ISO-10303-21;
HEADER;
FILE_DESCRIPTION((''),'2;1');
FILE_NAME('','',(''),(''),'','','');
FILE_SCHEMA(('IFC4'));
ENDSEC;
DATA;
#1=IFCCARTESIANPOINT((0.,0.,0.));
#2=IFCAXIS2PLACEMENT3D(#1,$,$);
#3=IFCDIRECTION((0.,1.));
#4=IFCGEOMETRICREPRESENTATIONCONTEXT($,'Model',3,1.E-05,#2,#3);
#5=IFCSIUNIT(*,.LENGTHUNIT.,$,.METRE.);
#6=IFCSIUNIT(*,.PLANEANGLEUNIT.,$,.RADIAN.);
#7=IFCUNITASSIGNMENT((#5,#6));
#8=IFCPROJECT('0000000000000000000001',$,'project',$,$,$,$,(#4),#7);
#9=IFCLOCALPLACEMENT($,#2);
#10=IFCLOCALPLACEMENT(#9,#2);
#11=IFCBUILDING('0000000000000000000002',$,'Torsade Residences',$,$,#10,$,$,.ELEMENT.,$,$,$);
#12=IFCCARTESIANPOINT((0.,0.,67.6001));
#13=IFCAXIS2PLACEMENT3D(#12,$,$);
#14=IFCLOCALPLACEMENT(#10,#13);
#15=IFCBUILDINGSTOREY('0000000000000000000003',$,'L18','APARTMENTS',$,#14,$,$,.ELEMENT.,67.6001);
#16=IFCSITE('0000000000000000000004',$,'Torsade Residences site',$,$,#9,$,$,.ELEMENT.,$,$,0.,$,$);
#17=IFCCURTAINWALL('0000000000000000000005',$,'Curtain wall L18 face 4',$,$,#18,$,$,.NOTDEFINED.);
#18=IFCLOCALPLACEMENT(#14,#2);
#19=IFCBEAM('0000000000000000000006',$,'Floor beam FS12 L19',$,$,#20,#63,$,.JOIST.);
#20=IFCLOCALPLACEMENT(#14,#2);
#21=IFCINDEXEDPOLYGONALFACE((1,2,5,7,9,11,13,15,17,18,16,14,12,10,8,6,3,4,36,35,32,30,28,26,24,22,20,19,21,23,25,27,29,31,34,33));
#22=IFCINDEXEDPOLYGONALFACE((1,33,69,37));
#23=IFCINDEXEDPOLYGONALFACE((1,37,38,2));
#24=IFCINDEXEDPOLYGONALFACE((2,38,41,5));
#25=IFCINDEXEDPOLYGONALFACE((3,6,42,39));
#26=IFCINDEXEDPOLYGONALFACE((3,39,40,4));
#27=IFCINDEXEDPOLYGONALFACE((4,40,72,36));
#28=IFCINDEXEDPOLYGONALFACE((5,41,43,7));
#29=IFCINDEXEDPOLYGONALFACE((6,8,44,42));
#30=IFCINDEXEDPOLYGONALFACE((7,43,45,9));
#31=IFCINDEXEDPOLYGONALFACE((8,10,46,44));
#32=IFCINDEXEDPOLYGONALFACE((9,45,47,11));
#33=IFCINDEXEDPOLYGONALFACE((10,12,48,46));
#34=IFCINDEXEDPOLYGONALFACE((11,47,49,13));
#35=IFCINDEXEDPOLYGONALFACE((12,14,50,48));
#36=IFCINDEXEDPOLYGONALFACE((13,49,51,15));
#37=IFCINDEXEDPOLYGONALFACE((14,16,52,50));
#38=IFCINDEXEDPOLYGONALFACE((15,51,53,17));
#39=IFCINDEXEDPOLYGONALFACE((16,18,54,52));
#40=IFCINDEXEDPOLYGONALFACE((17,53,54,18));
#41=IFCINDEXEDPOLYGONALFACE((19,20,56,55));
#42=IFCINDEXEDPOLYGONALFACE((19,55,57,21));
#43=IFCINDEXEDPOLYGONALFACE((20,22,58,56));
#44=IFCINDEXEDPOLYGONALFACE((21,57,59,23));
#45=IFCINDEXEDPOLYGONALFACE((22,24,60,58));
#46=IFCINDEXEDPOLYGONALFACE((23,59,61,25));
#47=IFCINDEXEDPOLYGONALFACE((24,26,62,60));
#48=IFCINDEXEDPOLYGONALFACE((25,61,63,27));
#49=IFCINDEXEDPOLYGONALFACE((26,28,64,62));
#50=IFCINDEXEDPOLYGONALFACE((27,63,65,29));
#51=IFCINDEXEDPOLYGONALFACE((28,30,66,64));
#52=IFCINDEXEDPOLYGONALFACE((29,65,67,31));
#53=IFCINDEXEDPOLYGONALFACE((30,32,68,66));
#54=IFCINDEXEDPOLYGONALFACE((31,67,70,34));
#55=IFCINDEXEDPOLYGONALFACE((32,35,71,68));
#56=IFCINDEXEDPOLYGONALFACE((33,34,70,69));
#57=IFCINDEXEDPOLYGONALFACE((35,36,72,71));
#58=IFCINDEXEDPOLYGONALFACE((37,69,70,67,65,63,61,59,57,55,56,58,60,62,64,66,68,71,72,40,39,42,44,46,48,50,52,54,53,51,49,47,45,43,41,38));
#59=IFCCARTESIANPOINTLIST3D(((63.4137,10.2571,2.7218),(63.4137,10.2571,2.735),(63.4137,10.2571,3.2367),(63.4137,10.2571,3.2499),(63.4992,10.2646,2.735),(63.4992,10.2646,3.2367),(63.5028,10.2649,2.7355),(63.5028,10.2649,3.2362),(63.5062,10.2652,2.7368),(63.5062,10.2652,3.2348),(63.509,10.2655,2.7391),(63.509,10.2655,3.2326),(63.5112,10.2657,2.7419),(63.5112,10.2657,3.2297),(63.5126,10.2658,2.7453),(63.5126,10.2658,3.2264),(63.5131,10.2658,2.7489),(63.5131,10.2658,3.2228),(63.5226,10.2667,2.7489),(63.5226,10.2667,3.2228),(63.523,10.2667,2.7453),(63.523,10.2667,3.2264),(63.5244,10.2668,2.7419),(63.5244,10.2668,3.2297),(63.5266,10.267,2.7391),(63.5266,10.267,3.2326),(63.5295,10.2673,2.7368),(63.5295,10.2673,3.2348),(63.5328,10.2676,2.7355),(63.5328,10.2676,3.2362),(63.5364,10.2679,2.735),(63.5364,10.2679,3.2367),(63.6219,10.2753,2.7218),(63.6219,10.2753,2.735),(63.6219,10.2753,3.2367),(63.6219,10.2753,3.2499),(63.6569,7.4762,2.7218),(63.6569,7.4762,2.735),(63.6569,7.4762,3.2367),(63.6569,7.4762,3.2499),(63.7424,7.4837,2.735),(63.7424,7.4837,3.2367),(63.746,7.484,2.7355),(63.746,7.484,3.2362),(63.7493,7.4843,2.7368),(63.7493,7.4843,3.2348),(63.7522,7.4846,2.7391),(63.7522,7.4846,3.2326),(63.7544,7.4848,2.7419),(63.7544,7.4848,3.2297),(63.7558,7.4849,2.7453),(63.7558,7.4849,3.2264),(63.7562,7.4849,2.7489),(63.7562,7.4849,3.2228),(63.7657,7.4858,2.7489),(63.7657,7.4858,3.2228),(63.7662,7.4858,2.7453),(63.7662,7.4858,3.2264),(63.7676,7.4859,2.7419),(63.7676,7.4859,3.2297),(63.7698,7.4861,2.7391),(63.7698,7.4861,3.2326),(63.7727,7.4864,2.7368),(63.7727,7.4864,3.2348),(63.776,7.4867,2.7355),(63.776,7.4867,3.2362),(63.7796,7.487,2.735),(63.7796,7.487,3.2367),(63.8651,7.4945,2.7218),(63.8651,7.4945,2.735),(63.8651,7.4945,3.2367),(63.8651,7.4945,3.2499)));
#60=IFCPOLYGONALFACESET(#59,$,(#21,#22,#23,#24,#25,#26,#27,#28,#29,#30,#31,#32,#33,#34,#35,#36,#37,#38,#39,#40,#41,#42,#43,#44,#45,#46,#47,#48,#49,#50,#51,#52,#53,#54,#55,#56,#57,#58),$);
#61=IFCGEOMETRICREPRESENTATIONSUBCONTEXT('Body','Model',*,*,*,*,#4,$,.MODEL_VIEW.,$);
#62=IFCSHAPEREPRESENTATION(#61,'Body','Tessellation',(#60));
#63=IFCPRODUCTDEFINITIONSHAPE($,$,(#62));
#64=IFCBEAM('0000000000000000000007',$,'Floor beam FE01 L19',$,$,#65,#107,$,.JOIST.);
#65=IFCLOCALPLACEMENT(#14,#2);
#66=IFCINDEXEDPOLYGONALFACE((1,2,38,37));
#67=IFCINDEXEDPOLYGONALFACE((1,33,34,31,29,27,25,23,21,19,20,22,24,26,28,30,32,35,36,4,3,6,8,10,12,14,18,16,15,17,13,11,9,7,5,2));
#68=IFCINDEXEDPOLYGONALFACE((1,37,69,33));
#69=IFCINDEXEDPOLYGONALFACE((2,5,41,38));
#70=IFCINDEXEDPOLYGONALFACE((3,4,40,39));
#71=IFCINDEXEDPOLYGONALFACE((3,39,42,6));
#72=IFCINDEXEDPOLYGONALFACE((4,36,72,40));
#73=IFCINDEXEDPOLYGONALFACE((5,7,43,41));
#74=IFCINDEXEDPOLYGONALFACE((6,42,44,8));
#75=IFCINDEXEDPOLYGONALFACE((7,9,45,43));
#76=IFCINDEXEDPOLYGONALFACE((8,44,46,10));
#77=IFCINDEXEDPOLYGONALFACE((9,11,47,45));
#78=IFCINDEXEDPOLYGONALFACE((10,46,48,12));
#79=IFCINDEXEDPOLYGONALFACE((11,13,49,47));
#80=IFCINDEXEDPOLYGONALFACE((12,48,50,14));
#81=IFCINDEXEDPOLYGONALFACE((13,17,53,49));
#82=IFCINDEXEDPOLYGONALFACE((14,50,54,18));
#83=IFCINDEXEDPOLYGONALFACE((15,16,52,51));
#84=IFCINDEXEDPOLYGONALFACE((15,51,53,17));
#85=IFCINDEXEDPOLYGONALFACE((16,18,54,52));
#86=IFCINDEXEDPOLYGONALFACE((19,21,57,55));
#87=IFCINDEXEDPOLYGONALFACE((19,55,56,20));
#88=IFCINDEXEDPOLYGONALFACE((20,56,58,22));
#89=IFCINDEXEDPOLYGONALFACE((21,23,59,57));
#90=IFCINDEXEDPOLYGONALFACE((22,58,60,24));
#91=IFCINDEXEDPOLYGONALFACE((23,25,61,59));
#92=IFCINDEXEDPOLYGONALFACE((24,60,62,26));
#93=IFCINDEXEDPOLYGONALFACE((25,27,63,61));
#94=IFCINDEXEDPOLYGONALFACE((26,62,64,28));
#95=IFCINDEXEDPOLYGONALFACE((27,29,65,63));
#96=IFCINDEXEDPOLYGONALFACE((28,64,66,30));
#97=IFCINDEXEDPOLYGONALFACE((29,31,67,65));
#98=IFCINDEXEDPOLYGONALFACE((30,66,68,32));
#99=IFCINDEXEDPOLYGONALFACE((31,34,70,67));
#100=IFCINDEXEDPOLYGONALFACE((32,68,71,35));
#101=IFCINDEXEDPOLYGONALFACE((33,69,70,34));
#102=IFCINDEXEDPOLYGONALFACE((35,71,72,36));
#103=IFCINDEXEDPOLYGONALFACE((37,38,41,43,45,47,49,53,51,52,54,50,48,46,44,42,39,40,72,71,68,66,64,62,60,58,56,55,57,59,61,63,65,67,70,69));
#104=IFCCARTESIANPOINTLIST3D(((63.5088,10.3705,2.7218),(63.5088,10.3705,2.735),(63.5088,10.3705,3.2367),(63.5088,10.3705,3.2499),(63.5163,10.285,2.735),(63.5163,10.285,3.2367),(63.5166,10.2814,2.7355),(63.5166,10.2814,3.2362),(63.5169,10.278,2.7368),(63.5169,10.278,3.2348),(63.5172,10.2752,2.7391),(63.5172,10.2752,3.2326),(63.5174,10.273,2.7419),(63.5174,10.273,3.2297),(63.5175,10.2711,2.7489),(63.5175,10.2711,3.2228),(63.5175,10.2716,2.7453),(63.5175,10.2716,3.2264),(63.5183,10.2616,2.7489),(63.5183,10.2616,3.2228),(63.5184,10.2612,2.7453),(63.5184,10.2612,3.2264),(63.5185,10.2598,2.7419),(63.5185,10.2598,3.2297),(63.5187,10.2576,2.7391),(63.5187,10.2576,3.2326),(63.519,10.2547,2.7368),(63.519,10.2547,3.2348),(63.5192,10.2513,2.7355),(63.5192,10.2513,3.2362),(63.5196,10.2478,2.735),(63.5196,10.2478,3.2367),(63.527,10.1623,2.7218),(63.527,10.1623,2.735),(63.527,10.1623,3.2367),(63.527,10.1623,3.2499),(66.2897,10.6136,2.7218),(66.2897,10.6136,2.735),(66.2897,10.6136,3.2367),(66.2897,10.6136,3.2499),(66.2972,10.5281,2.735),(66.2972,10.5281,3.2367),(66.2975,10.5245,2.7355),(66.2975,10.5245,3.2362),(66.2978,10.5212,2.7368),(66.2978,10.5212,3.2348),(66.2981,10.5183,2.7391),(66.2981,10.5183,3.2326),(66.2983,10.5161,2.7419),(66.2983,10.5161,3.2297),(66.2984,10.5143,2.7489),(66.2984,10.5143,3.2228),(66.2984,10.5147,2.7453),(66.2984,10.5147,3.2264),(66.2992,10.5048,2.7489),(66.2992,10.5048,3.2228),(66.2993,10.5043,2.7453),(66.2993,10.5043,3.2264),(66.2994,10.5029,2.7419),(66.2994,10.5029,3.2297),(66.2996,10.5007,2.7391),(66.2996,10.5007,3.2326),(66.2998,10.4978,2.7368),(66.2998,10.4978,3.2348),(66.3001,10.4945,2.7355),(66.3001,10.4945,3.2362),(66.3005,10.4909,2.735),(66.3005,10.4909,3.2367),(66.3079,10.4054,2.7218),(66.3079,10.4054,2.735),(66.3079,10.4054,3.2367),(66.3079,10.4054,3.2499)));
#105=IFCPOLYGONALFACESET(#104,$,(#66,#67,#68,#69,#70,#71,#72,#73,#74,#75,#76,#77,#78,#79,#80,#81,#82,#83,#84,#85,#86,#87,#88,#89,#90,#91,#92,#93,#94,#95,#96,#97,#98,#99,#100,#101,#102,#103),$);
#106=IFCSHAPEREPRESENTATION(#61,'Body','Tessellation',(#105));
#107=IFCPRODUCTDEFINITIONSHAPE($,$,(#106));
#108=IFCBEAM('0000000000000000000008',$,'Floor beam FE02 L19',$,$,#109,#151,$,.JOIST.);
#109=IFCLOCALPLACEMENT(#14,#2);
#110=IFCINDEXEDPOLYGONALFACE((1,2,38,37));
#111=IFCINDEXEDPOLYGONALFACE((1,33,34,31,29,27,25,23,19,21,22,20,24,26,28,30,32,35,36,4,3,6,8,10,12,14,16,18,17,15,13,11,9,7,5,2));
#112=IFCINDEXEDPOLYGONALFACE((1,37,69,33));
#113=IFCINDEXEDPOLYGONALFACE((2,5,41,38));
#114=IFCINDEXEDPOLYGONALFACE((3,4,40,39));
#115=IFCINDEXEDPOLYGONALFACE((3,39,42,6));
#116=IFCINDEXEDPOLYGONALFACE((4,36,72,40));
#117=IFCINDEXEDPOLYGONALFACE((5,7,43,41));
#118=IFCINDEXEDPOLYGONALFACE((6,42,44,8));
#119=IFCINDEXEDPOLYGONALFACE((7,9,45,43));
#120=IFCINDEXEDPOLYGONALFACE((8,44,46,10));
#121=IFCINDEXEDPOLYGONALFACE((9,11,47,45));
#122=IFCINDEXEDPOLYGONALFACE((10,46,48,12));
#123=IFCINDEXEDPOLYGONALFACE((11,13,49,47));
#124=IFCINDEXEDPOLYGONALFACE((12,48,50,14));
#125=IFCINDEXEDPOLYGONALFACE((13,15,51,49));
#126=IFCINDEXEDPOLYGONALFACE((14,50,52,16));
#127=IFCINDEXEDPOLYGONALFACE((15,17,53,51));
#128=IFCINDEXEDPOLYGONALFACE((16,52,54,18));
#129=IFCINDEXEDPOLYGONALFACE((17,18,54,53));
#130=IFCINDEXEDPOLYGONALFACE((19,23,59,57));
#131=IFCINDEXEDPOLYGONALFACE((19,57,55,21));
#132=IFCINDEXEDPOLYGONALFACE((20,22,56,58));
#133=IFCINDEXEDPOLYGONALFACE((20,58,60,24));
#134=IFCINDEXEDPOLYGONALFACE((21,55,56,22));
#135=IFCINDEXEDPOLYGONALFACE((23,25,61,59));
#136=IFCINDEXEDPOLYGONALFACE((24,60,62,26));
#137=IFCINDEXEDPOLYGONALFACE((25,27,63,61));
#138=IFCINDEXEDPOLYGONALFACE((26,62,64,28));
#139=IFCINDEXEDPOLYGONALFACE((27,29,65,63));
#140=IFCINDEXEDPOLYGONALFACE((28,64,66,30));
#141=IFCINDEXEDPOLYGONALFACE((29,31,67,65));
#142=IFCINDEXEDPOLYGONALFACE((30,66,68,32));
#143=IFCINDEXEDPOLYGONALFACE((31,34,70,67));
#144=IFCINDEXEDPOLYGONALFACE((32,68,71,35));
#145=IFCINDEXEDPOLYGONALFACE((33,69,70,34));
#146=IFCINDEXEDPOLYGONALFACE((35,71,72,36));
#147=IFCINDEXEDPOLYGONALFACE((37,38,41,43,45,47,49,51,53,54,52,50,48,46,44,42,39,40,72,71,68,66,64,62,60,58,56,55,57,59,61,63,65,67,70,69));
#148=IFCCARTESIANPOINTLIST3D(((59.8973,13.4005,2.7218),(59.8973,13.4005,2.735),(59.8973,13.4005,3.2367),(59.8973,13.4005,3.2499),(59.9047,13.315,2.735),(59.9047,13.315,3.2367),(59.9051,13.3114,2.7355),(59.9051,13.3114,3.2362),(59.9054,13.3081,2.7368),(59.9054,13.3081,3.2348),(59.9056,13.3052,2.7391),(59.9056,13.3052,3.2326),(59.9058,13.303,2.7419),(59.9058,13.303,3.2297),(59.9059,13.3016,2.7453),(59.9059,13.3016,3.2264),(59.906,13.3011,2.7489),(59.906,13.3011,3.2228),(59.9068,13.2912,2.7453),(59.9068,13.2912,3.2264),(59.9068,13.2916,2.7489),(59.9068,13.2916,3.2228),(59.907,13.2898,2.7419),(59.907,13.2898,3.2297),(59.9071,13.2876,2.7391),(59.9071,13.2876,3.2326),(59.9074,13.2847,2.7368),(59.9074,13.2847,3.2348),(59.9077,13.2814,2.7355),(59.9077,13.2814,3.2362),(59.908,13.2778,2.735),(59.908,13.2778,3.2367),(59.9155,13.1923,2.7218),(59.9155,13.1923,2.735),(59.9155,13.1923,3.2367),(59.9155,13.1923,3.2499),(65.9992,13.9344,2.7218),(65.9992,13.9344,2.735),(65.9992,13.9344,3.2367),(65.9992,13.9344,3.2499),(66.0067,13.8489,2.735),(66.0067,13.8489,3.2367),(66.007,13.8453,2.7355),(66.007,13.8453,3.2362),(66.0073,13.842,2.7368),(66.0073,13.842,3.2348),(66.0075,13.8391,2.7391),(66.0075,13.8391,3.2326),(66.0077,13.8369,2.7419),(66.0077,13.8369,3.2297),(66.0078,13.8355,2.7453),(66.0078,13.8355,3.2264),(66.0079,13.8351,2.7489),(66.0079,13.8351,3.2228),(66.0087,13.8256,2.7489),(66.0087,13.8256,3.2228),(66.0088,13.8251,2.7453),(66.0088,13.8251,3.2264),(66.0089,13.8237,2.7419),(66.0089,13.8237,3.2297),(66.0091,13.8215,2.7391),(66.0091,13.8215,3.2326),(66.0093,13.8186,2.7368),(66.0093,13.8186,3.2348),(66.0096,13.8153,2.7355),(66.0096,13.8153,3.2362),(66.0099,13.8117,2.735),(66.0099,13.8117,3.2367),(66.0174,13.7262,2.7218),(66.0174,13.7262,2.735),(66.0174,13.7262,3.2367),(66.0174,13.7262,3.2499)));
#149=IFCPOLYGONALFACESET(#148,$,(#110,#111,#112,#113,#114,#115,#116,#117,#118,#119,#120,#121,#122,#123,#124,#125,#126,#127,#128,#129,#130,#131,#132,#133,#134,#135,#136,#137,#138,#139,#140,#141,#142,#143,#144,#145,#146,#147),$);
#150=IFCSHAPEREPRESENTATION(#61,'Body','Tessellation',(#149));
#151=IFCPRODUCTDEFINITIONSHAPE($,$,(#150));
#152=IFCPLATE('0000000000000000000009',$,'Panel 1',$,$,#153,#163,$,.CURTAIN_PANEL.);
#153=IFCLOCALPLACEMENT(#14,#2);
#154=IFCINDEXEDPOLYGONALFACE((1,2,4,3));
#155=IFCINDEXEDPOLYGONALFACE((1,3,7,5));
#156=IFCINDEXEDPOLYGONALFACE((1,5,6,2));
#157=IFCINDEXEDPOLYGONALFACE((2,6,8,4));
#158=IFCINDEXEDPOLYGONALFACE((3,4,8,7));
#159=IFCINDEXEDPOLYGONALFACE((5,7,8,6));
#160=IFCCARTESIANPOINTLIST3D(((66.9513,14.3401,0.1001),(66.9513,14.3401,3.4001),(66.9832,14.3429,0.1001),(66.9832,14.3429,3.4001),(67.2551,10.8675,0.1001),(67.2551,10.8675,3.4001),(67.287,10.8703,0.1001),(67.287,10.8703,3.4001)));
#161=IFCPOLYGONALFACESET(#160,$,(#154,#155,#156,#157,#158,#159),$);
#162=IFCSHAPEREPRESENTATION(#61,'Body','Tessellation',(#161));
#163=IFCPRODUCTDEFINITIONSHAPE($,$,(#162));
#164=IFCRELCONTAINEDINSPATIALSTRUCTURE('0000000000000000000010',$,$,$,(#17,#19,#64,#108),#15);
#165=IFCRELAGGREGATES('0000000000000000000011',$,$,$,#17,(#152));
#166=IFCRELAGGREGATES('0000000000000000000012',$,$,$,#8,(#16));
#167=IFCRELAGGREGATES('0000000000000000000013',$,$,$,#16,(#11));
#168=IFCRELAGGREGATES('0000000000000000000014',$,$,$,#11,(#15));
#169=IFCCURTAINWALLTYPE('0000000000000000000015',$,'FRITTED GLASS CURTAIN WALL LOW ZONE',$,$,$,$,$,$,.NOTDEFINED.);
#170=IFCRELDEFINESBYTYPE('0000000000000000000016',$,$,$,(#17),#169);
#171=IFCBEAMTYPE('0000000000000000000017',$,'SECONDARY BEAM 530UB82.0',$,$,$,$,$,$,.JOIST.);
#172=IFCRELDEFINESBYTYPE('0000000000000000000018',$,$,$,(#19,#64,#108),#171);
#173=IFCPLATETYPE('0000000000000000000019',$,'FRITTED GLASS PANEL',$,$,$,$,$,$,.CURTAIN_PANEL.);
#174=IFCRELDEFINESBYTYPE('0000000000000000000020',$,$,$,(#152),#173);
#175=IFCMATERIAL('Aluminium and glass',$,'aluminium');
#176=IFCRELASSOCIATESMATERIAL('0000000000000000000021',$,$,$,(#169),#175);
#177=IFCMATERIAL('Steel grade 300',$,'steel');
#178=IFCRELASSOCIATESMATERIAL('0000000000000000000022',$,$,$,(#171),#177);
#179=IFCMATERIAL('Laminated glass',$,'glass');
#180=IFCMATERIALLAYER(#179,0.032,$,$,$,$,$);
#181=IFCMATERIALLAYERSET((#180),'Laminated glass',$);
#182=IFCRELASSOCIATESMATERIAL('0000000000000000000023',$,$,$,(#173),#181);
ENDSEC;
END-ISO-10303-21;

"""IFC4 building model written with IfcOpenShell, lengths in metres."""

from ifc_helpers import new_model, si_unit, direction, frame, origin, origin_2d, place, context, subcontext, project, spatial, rectangle, i_section, extrude, material, layer, layer_set, material_profile, profile_set, type_object, element, aggregate, save


model = new_model("IFC4")

# Units and contexts
model_context = context("Model", 3, precision=1e-05, world=origin(), true_north=direction((0.0, 1.0)))
body_context = subcontext(model_context, "Body", "Model", "MODEL_VIEW")
ifc_project = project(units=[si_unit("LENGTHUNIT", "METRE"), si_unit("PLANEANGLEUNIT", "RADIAN")], contexts=[model_context])

# Site, building, storey
site_placement = place(None, origin())
site = spatial("IfcSite", under=ifc_project, at=site_placement, Name="Torsade Residences site", CompositionType="ELEMENT", RefElevation=0.0)
building_placement = place(site_placement, origin())
building = spatial("IfcBuilding", under=site, at=building_placement, Name="Torsade Residences", CompositionType="ELEMENT")
storey_placement = place(building_placement, frame((0.0, 0.0, 67.6001)))
storey = spatial("IfcBuildingStorey", under=building, at=storey_placement, Name="L18", Description="APARTMENTS", CompositionType="ELEMENT", Elevation=67.6001)

# Curtain wall
ifc_material_1 = material(Name="Aluminium and glass", Category="aluminium")
curtain_wall_type = type_object("IfcCurtainWallType", Name="FRITTED GLASS CURTAIN WALL LOW ZONE", PredefinedType="NOTDEFINED", material=ifc_material_1)
curtain_wall_placement = place(storey_placement, origin())
curtain_wall = element("IfcCurtainWall", 1, at=curtain_wall_placement, inside=storey, type_object=curtain_wall_type, Name="Curtain wall L18 face 4", PredefinedType="NOTDEFINED")

# Beams
ifc_material_2 = material(Name="Steel grade 300", Category="steel")
ifc_material_profile_1 = material_profile(ifc_material_2, i_section(OverallWidth=0.209, OverallDepth=0.5281, WebThickness=0.0095, FlangeThickness=0.0132, FilletRadius=0.0139, at=origin_2d()), Name="530UB82.0")
ifc_profile_set_1 = profile_set([ifc_material_profile_1], Name="Steel grade 300")
beam_type_1 = type_object("IfcBeamType", Name="SECONDARY BEAM 530UB82.0", PredefinedType="JOIST", material=ifc_profile_set_1)
for number, where, z_axis, x_axis, name in (
    (2, (63.761, 7.4854, 2.9858), (-0.087105, 0.996199, 0.0), (-0.996199, -0.087105, 0.0), "Floor beam FS12 L19"),
    (3, (66.2988, 10.5095, 2.9858), (-0.996199, -0.087105, 0.0), (0.087105, -0.996199, 0.0), "Floor beam FE01 L19"),
):
    element("IfcBeam", number, at=place(storey_placement, frame(where, z_axis=z_axis, x_axis=x_axis)), inside=storey, type_object=beam_type_1, Name=name, PredefinedType="JOIST", context=body_context, shape_type="SweptSolid", body=[
        extrude(i_section(OverallWidth=0.209, OverallDepth=0.5281, WebThickness=0.0095, FlangeThickness=0.0132, FilletRadius=0.0139, at=origin_2d()), origin(), (0.0, 0.0, 1.0), 2.7915),
    ])
beam_1_placement = place(storey_placement, frame((66.0083, 13.8303, 2.9858), z_axis=(-0.996193, -0.087171, 0.0), x_axis=(0.087171, -0.996193, 0.0)))
element("IfcBeam", 4, at=beam_1_placement, inside=storey, type_object=beam_type_1, Name="Floor beam FE02 L19", PredefinedType="JOIST", context=body_context, shape_type="SweptSolid", body=[
    extrude(i_section(OverallWidth=0.209, OverallDepth=0.5281, WebThickness=0.0095, FlangeThickness=0.0132, FilletRadius=0.0139, at=origin_2d()), origin(), (0.0, 0.0, 1.0), 6.1252),
])

# Plate
ifc_material_3 = material(Name="Laminated glass", Category="glass")
ifc_layer_1 = layer(ifc_material_3, 0.032)
ifc_layer_set_1 = layer_set([ifc_layer_1], Name="Laminated glass")
plate_type = type_object("IfcPlateType", Name="FRITTED GLASS PANEL", PredefinedType="CURTAIN_PANEL", material=ifc_layer_set_1)
plate_placement = place(storey_placement, frame((67.1191, 12.6052, 0.1001), z_axis=(0.0, 0.0, 1.0), x_axis=(-0.087156, 0.996195, 0.0)))
plate = element("IfcPlate", 5, at=plate_placement, type_object=plate_type, Name="Panel 1", PredefinedType="CURTAIN_PANEL", context=body_context, shape_type="SweptSolid", body=[
    extrude(rectangle(XDim=3.4858, YDim=0.032, at=origin_2d()), origin(), (0.0, 0.0, 1.0), 3.3),
])
aggregate(curtain_wall, [plate])

save(model, "model.ifc")
